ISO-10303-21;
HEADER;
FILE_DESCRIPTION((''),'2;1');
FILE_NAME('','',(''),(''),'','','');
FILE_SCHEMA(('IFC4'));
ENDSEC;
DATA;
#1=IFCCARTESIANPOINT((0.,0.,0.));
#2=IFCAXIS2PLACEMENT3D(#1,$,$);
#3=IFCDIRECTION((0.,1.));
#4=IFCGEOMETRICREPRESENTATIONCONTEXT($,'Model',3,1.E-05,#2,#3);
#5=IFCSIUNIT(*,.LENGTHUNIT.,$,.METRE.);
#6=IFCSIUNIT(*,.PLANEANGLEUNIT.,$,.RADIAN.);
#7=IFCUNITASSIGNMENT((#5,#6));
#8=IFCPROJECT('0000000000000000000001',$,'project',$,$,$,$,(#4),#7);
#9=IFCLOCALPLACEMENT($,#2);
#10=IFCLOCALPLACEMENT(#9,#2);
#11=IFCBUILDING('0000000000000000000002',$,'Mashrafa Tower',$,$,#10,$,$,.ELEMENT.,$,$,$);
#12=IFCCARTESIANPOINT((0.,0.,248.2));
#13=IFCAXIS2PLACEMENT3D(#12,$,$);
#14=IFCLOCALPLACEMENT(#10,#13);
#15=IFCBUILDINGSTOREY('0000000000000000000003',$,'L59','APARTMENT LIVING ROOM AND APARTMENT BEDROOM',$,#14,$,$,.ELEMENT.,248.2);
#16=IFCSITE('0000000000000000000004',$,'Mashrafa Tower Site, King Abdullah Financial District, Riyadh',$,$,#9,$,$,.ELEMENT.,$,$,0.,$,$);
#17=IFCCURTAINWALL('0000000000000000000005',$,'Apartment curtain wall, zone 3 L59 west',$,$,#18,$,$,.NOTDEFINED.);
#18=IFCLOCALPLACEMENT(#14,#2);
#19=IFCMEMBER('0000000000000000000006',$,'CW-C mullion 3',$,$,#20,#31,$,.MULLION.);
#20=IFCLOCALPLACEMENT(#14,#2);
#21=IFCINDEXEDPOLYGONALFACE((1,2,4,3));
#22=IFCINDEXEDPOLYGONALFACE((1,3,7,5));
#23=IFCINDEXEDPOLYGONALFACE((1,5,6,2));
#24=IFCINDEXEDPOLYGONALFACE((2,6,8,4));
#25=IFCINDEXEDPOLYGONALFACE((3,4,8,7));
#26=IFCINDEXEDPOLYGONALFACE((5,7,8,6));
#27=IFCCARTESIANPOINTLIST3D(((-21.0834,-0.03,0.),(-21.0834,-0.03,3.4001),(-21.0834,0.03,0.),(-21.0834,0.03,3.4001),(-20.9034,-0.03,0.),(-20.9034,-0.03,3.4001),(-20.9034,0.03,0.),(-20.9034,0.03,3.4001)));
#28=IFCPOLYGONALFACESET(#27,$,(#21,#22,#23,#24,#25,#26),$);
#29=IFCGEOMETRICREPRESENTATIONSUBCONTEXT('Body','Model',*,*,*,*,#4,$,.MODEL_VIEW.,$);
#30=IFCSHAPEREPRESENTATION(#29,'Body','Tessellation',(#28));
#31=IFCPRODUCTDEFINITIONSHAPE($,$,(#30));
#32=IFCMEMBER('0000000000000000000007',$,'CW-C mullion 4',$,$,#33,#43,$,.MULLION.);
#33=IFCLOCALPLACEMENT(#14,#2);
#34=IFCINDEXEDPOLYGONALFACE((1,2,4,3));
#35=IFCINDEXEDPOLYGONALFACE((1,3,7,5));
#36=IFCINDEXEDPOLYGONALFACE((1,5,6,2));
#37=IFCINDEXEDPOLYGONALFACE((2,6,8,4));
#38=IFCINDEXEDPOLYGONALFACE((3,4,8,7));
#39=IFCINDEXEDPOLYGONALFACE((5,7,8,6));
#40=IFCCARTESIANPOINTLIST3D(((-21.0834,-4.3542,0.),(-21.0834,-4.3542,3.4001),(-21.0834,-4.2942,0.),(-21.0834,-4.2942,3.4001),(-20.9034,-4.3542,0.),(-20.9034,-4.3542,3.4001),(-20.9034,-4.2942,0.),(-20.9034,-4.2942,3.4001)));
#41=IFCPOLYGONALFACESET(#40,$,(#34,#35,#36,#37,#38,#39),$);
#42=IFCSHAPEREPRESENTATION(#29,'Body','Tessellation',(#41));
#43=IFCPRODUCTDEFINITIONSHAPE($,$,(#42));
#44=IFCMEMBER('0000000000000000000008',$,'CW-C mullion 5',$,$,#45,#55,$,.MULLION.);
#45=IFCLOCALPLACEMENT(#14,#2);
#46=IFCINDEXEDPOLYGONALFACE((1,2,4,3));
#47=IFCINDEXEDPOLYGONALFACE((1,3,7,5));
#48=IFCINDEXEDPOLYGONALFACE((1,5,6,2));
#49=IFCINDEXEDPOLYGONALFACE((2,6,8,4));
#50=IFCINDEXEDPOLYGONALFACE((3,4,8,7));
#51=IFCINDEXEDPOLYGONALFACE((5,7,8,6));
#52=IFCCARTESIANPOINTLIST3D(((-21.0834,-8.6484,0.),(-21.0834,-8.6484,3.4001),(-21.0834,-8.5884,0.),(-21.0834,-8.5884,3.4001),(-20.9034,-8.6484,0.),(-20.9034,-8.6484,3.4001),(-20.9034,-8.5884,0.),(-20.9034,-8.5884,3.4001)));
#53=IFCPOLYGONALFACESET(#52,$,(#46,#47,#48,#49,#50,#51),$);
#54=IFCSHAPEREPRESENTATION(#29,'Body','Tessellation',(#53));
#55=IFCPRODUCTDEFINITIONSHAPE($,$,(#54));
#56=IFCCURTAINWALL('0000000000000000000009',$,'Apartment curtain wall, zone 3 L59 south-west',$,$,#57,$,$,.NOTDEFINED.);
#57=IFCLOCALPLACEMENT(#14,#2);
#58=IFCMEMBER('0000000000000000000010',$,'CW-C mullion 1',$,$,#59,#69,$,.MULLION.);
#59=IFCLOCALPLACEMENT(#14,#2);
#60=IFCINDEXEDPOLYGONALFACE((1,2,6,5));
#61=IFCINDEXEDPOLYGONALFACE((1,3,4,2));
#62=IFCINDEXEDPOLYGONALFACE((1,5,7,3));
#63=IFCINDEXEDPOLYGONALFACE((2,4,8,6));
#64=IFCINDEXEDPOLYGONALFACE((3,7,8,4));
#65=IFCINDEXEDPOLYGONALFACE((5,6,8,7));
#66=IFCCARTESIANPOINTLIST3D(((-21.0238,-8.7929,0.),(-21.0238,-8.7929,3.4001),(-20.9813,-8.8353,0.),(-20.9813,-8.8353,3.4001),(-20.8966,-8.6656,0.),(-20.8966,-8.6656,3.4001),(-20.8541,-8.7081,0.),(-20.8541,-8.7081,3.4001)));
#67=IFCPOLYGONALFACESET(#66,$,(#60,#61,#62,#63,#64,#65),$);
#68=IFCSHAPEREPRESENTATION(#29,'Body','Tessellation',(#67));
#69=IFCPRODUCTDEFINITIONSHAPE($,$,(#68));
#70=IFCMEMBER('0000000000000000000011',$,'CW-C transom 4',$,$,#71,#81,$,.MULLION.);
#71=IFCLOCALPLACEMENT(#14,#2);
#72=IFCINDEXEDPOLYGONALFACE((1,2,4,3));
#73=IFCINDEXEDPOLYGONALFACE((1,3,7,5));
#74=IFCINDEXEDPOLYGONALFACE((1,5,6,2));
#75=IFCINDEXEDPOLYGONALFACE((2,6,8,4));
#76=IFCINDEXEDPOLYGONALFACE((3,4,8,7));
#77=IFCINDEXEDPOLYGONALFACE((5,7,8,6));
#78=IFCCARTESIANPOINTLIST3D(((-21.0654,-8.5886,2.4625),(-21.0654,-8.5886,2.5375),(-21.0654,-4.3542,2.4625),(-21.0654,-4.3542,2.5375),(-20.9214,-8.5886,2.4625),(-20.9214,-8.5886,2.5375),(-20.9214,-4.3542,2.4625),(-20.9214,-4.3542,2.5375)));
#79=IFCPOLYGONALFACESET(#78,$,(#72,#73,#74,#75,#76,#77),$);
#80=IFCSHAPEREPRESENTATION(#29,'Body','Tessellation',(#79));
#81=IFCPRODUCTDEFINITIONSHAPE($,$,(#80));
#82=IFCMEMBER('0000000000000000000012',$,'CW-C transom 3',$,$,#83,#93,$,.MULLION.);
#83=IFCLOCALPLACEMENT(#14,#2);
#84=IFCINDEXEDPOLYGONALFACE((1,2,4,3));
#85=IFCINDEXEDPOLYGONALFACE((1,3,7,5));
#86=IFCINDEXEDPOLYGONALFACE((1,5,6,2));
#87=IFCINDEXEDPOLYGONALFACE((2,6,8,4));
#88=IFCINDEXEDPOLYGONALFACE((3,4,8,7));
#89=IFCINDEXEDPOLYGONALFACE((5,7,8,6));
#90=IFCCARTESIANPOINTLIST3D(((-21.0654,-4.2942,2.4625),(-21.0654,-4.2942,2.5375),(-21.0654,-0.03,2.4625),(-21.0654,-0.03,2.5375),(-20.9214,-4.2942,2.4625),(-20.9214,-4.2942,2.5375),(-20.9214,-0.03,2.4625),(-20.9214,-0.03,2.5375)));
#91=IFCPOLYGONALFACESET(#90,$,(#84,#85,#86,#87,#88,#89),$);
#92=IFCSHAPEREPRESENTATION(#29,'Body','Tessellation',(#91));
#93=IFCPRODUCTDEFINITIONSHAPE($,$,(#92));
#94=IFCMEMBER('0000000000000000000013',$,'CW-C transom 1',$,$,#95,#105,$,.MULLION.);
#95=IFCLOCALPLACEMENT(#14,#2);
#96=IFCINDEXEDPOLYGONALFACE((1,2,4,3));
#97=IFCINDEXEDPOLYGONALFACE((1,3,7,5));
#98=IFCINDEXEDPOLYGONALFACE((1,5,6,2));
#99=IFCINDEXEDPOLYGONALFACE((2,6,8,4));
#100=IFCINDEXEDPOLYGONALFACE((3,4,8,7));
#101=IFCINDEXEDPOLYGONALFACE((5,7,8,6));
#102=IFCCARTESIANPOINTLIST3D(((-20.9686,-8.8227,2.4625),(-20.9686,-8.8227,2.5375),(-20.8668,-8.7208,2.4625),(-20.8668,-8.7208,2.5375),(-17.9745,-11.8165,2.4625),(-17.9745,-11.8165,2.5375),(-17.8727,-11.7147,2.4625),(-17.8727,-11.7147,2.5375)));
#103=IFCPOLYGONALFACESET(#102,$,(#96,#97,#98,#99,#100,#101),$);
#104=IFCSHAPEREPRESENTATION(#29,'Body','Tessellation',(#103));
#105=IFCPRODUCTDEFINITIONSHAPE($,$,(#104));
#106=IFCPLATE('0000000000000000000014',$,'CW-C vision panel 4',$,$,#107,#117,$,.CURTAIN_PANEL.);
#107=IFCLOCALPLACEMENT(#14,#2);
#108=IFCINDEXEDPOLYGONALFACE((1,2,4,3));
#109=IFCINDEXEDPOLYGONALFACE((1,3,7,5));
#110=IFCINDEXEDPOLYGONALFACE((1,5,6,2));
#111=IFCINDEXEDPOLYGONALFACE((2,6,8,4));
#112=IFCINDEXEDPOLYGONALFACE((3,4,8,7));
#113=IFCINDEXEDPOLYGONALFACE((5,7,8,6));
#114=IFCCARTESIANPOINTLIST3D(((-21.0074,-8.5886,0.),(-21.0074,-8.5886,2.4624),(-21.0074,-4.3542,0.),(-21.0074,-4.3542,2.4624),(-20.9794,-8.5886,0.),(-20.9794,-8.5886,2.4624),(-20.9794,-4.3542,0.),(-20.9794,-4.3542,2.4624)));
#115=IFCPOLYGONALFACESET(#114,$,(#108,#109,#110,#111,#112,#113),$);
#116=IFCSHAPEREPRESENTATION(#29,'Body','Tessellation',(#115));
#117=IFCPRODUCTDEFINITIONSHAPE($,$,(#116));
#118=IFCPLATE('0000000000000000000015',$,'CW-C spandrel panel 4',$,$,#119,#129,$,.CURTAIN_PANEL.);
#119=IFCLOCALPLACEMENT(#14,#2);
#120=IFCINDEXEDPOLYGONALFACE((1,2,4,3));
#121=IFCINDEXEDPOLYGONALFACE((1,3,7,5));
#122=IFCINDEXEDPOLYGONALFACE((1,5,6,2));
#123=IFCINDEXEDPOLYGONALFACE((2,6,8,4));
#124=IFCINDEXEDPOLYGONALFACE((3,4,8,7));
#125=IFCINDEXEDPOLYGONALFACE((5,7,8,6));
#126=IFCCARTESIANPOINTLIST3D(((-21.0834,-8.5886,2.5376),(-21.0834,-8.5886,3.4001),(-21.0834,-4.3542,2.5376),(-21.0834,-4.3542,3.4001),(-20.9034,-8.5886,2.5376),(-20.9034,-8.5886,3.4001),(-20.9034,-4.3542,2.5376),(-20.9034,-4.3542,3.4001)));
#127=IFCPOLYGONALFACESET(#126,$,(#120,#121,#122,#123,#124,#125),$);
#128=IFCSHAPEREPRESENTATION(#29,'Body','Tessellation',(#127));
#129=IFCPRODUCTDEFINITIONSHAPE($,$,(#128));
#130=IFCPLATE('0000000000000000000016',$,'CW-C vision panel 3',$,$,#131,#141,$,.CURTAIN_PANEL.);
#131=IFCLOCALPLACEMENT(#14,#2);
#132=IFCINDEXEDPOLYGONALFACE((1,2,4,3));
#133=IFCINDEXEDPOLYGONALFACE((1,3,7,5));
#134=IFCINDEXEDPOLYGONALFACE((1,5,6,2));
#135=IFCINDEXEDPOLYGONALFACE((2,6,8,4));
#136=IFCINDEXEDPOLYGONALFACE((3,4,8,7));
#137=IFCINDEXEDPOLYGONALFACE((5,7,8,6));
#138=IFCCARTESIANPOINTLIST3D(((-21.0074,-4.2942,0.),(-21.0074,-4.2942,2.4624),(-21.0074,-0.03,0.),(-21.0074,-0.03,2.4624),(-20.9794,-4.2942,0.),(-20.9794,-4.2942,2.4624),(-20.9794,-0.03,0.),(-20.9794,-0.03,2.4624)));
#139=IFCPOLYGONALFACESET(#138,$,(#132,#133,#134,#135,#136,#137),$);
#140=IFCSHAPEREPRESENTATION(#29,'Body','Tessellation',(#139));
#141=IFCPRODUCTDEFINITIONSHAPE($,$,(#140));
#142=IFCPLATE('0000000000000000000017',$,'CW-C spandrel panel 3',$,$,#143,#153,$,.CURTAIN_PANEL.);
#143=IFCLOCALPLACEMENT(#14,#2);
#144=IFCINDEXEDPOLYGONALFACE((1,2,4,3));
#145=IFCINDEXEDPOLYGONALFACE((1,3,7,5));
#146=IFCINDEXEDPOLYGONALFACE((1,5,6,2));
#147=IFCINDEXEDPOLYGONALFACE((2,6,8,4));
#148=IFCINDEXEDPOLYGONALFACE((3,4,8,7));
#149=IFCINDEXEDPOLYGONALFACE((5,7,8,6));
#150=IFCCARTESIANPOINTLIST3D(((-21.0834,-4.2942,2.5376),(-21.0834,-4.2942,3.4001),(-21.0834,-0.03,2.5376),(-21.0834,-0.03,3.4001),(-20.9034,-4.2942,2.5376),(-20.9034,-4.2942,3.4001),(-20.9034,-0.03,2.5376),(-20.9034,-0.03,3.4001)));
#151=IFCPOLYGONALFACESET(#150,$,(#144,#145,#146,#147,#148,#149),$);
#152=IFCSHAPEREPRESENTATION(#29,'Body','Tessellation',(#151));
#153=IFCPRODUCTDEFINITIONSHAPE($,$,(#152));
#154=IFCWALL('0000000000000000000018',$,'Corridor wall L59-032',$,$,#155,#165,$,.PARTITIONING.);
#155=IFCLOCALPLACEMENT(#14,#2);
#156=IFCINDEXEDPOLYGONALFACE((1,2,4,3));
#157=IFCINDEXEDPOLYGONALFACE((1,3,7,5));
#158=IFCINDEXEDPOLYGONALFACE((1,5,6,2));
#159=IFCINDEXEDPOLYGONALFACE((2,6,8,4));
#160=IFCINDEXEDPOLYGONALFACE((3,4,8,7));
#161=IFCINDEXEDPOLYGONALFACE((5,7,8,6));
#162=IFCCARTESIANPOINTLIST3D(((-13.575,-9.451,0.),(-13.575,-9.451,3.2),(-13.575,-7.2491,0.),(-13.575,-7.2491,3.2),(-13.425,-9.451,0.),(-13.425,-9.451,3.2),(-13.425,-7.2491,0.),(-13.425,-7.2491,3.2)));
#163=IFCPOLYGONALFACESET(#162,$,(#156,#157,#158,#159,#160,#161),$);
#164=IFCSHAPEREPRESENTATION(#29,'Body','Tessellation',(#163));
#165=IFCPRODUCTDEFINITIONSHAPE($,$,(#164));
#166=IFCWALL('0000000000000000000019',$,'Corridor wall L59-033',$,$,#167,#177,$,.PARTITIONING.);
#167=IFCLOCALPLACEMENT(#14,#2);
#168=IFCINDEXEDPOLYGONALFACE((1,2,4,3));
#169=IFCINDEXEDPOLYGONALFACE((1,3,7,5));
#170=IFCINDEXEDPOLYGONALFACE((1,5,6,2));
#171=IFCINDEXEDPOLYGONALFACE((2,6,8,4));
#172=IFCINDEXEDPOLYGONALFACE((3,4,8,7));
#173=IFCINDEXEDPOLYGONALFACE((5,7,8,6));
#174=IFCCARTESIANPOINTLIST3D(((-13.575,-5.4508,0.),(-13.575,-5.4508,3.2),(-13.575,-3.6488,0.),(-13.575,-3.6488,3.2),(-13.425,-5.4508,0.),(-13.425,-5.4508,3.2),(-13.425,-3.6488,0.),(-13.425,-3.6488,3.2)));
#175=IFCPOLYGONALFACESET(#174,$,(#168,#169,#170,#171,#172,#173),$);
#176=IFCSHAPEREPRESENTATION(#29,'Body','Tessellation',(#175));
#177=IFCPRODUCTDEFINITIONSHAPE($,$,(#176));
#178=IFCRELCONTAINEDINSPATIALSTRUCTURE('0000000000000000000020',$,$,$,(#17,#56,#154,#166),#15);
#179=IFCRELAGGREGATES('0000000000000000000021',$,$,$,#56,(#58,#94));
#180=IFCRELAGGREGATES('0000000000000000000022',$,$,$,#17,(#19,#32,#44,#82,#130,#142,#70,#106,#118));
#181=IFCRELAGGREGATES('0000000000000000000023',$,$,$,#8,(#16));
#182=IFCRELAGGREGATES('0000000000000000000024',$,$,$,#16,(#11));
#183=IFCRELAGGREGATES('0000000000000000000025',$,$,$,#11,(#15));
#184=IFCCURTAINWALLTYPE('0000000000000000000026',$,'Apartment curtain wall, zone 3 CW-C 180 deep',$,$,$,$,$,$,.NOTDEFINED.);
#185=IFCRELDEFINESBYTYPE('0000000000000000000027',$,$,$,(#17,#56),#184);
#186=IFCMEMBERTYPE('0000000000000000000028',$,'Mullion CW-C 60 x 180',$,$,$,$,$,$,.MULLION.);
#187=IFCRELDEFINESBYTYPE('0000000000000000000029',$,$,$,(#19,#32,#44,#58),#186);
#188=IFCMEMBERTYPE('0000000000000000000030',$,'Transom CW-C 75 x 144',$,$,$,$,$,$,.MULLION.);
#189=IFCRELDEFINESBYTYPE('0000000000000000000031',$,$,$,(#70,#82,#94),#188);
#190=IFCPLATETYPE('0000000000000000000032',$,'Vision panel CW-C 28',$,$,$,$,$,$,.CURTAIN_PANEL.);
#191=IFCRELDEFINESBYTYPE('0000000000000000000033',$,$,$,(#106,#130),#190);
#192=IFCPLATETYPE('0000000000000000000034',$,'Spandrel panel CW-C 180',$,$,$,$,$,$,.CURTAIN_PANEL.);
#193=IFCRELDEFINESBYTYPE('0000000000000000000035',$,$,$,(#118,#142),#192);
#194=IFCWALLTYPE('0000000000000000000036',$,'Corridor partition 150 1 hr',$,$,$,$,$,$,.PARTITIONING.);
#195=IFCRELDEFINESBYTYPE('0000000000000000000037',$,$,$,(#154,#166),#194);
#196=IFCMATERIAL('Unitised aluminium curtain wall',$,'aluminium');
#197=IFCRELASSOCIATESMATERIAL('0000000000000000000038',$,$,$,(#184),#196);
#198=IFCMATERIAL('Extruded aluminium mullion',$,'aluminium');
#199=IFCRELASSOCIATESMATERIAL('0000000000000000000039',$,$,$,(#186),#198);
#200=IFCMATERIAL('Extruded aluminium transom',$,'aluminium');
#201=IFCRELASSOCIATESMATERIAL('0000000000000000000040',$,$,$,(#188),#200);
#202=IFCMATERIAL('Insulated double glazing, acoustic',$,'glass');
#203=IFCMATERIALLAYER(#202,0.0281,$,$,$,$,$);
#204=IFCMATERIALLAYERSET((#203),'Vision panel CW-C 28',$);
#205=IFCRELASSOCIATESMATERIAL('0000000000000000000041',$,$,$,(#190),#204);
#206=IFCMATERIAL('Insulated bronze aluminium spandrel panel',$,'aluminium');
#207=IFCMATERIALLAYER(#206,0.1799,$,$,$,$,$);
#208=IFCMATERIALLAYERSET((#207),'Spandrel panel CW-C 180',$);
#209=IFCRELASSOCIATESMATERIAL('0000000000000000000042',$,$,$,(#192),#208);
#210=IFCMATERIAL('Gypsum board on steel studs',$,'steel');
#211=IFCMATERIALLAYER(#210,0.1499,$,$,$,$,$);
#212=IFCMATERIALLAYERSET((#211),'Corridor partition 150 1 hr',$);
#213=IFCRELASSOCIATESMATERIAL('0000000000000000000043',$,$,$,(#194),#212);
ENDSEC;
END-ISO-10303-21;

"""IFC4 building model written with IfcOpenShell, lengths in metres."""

from ifc_helpers import new_model, si_unit, direction, frame, frame_2d, origin, origin_2d, place, context, subcontext, project, spatial, rectangle, extrude, source, transform, mapped, material, layer, layer_set, material_profile, profile_set, type_object, type_shapes, element, aggregate, save


model = new_model("IFC4")

# Units and contexts
model_context = context("Model", 3, precision=1e-05, world=origin(), true_north=direction((0.0, 1.0)))
body_context = subcontext(model_context, "Body", "Model", "MODEL_VIEW")
ifc_project = project(units=[si_unit("LENGTHUNIT", "METRE"), si_unit("PLANEANGLEUNIT", "RADIAN")], contexts=[model_context])

# Site, building, storey
site_placement = place(None, origin())
site = spatial("IfcSite", under=ifc_project, at=site_placement, Name="Mashrafa Tower Site, King Abdullah Financial District, Riyadh", CompositionType="ELEMENT", RefElevation=0.0)
building_placement = place(site_placement, origin())
building = spatial("IfcBuilding", under=site, at=building_placement, Name="Mashrafa Tower", CompositionType="ELEMENT")
storey_placement = place(building_placement, frame((0.0, 0.0, 248.2)))
storey = spatial("IfcBuildingStorey", under=building, at=storey_placement, Name="L59", Description="APARTMENT LIVING ROOM AND APARTMENT BEDROOM", CompositionType="ELEMENT", Elevation=248.2)

# Curtain wall, members
ifc_material_1 = material(Name="Unitised aluminium curtain wall", Category="aluminium")
curtain_wall_type = type_object("IfcCurtainWallType", Name="Apartment curtain wall, zone 3 CW-C 180 deep", PredefinedType="NOTDEFINED", material=ifc_material_1)
curtain_wall_1_placement = place(storey_placement, origin())
curtain_wall_1 = element("IfcCurtainWall", 1, at=curtain_wall_1_placement, inside=storey, type_object=curtain_wall_type, Name="Apartment curtain wall, zone 3 L59 west", PredefinedType="NOTDEFINED")
ifc_material_2 = material(Name="Extruded aluminium mullion", Category="aluminium")
ifc_material_profile_1 = material_profile(ifc_material_2, rectangle(XDim=0.1799, YDim=0.0601, at=origin_2d()), Name="Mullion 60x180")
ifc_profile_set_1 = profile_set([ifc_material_profile_1], Name="Extruded aluminium mullion")
member_type_1 = type_object("IfcMemberType", Name="Mullion CW-C 60 x 180", PredefinedType="MULLION", material=ifc_profile_set_1)
shared_shape_1 = source(origin(), body_context, "Body", "SweptSolid", [
    extrude(rectangle(XDim=0.1799, YDim=0.0601, at=origin_2d()), origin(), (0.0, 0.0, 1.0), 3.4001),
])
type_shapes(member_type_1, [shared_shape_1])
member_1_placement = place(storey_placement, frame((-20.9934, 0.0, 0.0), z_axis=(0.0, 0.0, 1.0), x_axis=(1.0, 0.0, 0.0)))
member_1 = element("IfcMember", 2, at=member_1_placement, type_object=member_type_1, Name="CW-C mullion 3", PredefinedType="MULLION", context=body_context, shape_type="MappedRepresentation", body=[
    mapped(shared_shape_1, transform((0.0, 0.0, 0.0))),
])
member_2_placement = place(storey_placement, frame((-20.9934, -4.3242, 0.0), z_axis=(0.0, 0.0, 1.0), x_axis=(1.0, 0.0, 0.0)))
member_2 = element("IfcMember", 3, at=member_2_placement, type_object=member_type_1, Name="CW-C mullion 4", PredefinedType="MULLION", context=body_context, shape_type="MappedRepresentation", body=[
    mapped(shared_shape_1, transform((0.0, 0.0, 0.0))),
])
member_3_placement = place(storey_placement, frame((-20.9934, -8.6184, 0.0), z_axis=(0.0, 0.0, 1.0), x_axis=(1.0, 0.0, 0.0)))
member_3 = element("IfcMember", 4, at=member_3_placement, type_object=member_type_1, Name="CW-C mullion 5", PredefinedType="MULLION", context=body_context, shape_type="MappedRepresentation", body=[
    mapped(shared_shape_1, transform((0.0, 0.0, 0.0))),
])

# Curtain wall, member
curtain_wall_2_placement = place(storey_placement, origin())
curtain_wall_2 = element("IfcCurtainWall", 5, at=curtain_wall_2_placement, inside=storey, type_object=curtain_wall_type, Name="Apartment curtain wall, zone 3 L59 south-west", PredefinedType="NOTDEFINED")
member_4_placement = place(storey_placement, frame((-20.939, -8.7505, 0.0), z_axis=(0.0, 0.0, 1.0), x_axis=(0.707107, 0.707107, 0.0)))
member_4 = element("IfcMember", 6, at=member_4_placement, type_object=member_type_1, Name="CW-C mullion 1", PredefinedType="MULLION", context=body_context, shape_type="MappedRepresentation", body=[
    mapped(shared_shape_1, transform((0.0, 0.0, 0.0))),
])

# Members
ifc_material_3 = material(Name="Extruded aluminium transom", Category="aluminium")
ifc_material_profile_2 = material_profile(ifc_material_3, rectangle(XDim=0.144, YDim=0.075, at=origin_2d()), Name="Transom 75x144")
ifc_profile_set_2 = profile_set([ifc_material_profile_2], Name="Extruded aluminium transom")
member_type_2 = type_object("IfcMemberType", Name="Transom CW-C 75 x 144", PredefinedType="MULLION", material=ifc_profile_set_2)
shared_shape_2 = source(origin(), body_context, "Body", "SweptSolid", [
    extrude(rectangle(XDim=0.144, YDim=0.075, at=origin_2d()), origin(), (0.0, 0.0, 1.0), 4.2344),
])
member_5_placement = place(storey_placement, frame((-20.9934, -4.3542, 2.5), z_axis=(0.0, -1.0, 0.0), x_axis=(1.0, 0.0, 0.0)))
member_5 = element("IfcMember", 7, at=member_5_placement, type_object=member_type_2, Name="CW-C transom 4", PredefinedType="MULLION", context=body_context, shape_type="MappedRepresentation", body=[
    mapped(shared_shape_2, transform((0.0, 0.0, 0.0))),
])
shared_shape_3 = source(origin(), body_context, "Body", "SweptSolid", [
    extrude(rectangle(XDim=0.144, YDim=0.075, at=origin_2d()), origin(), (0.0, 0.0, 1.0), 4.2642),
])
member_6_placement = place(storey_placement, frame((-20.9934, -0.03, 2.5), z_axis=(0.0, -1.0, 0.0), x_axis=(1.0, 0.0, 0.0)))
member_6 = element("IfcMember", 8, at=member_6_placement, type_object=member_type_2, Name="CW-C transom 3", PredefinedType="MULLION", context=body_context, shape_type="MappedRepresentation", body=[
    mapped(shared_shape_3, transform((0.0, 0.0, 0.0))),
])
shared_shape_4 = source(origin(), body_context, "Body", "SweptSolid", [
    extrude(rectangle(XDim=0.144, YDim=0.075, at=origin_2d()), origin(), (0.0, 0.0, 1.0), 4.2341),
])
type_shapes(member_type_2, [shared_shape_2, shared_shape_3, shared_shape_4])
member_7_placement = place(storey_placement, frame((-20.9177, -8.7717, 2.5), z_axis=(0.707136, -0.707078, 0.0), x_axis=(0.707078, 0.707136, 0.0)))
member_7 = element("IfcMember", 9, at=member_7_placement, type_object=member_type_2, Name="CW-C transom 1", PredefinedType="MULLION", context=body_context, shape_type="MappedRepresentation", body=[
    mapped(shared_shape_4, transform((0.0, 0.0, 0.0))),
])
aggregate(curtain_wall_2, [member_4, member_7])

# Plates
ifc_material_4 = material(Name="Insulated double glazing, acoustic", Category="glass")
ifc_layer_1 = layer(ifc_material_4, 0.0281)
ifc_layer_set_1 = layer_set([ifc_layer_1], Name="Vision panel CW-C 28")
plate_type_1 = type_object("IfcPlateType", Name="Vision panel CW-C 28", PredefinedType="CURTAIN_PANEL", material=ifc_layer_set_1)
shared_shape_5 = source(origin(), body_context, "Body", "SweptSolid", [
    extrude(rectangle(XDim=4.2344, YDim=0.0281, at=origin_2d()), origin(), (0.0, 0.0, 1.0), 2.4624),
])
plate_1_placement = place(storey_placement, frame((-20.9934, -6.4714, 0.0), z_axis=(0.0, 0.0, 1.0), x_axis=(0.0, -1.0, 0.0)))
plate_1 = element("IfcPlate", 10, at=plate_1_placement, type_object=plate_type_1, Name="CW-C vision panel 4", PredefinedType="CURTAIN_PANEL", context=body_context, shape_type="MappedRepresentation", body=[
    mapped(shared_shape_5, transform((0.0, 0.0, 0.0))),
])
ifc_material_5 = material(Name="Insulated bronze aluminium spandrel panel", Category="aluminium")
ifc_layer_2 = layer(ifc_material_5, 0.1799)
ifc_layer_set_2 = layer_set([ifc_layer_2], Name="Spandrel panel CW-C 180")
plate_type_2 = type_object("IfcPlateType", Name="Spandrel panel CW-C 180", PredefinedType="CURTAIN_PANEL", material=ifc_layer_set_2)
shared_shape_6 = source(origin(), body_context, "Body", "SweptSolid", [
    extrude(rectangle(XDim=4.2344, YDim=0.1799, at=origin_2d()), origin(), (0.0, 0.0, 1.0), 0.8625),
])
plate_2_placement = place(storey_placement, frame((-20.9934, -6.4714, 2.5376), z_axis=(0.0, 0.0, 1.0), x_axis=(0.0, -1.0, 0.0)))
plate_2 = element("IfcPlate", 11, at=plate_2_placement, type_object=plate_type_2, Name="CW-C spandrel panel 4", PredefinedType="CURTAIN_PANEL", context=body_context, shape_type="MappedRepresentation", body=[
    mapped(shared_shape_6, transform((0.0, 0.0, 0.0))),
])
shared_shape_7 = source(origin(), body_context, "Body", "SweptSolid", [
    extrude(rectangle(XDim=4.2642, YDim=0.0281, at=origin_2d()), origin(), (0.0, 0.0, 1.0), 2.4624),
])
type_shapes(plate_type_1, [shared_shape_5, shared_shape_7])
plate_3_placement = place(storey_placement, frame((-20.9934, -2.1621, 0.0), z_axis=(0.0, 0.0, 1.0), x_axis=(0.0, -1.0, 0.0)))
plate_3 = element("IfcPlate", 12, at=plate_3_placement, type_object=plate_type_1, Name="CW-C vision panel 3", PredefinedType="CURTAIN_PANEL", context=body_context, shape_type="MappedRepresentation", body=[
    mapped(shared_shape_7, transform((0.0, 0.0, 0.0))),
])
shared_shape_8 = source(origin(), body_context, "Body", "SweptSolid", [
    extrude(rectangle(XDim=4.2642, YDim=0.1799, at=origin_2d()), origin(), (0.0, 0.0, 1.0), 0.8625),
])
type_shapes(plate_type_2, [shared_shape_6, shared_shape_8])
plate_4_placement = place(storey_placement, frame((-20.9934, -2.1621, 2.5376), z_axis=(0.0, 0.0, 1.0), x_axis=(0.0, -1.0, 0.0)))
plate_4 = element("IfcPlate", 13, at=plate_4_placement, type_object=plate_type_2, Name="CW-C spandrel panel 3", PredefinedType="CURTAIN_PANEL", context=body_context, shape_type="MappedRepresentation", body=[
    mapped(shared_shape_8, transform((0.0, 0.0, 0.0))),
])
aggregate(curtain_wall_1, [member_1, member_2, member_3, member_6, plate_3, plate_4, member_5, plate_1, plate_2])

# Walls
ifc_material_6 = material(Name="Gypsum board on steel studs", Category="steel")
ifc_layer_3 = layer(ifc_material_6, 0.1499)
ifc_layer_set_3 = layer_set([ifc_layer_3], Name="Corridor partition 150 1 hr")
wall_type_1 = type_object("IfcWallType", Name="Corridor partition 150 1 hr", PredefinedType="PARTITIONING", material=ifc_layer_set_3)
wall_1_placement = place(storey_placement, frame((-13.5, -7.249, 0.0), z_axis=(0.0, 0.0, 1.0), x_axis=(0.0, -1.0, 0.0)))
element("IfcWall", 14, at=wall_1_placement, inside=storey, type_object=wall_type_1, Name="Corridor wall L59-032", PredefinedType="PARTITIONING", context=body_context, shape_type="SweptSolid", body=[
    extrude(rectangle(XDim=2.2019, YDim=0.1499, at=frame_2d((1.1011, 0.0))), origin(), (0.0, 0.0, 1.0), 3.2),
])
wall_2_placement = place(storey_placement, frame((-13.5, -3.6489, 0.0), z_axis=(0.0, 0.0, 1.0), x_axis=(0.0, -1.0, 0.0)))
element("IfcWall", 15, at=wall_2_placement, inside=storey, type_object=wall_type_1, Name="Corridor wall L59-033", PredefinedType="PARTITIONING", context=body_context, shape_type="SweptSolid", body=[
    extrude(rectangle(XDim=1.802, YDim=0.1499, at=frame_2d((0.9009, 0.0))), origin(), (0.0, 0.0, 1.0), 3.2),
])

save(model, "model.ifc")
